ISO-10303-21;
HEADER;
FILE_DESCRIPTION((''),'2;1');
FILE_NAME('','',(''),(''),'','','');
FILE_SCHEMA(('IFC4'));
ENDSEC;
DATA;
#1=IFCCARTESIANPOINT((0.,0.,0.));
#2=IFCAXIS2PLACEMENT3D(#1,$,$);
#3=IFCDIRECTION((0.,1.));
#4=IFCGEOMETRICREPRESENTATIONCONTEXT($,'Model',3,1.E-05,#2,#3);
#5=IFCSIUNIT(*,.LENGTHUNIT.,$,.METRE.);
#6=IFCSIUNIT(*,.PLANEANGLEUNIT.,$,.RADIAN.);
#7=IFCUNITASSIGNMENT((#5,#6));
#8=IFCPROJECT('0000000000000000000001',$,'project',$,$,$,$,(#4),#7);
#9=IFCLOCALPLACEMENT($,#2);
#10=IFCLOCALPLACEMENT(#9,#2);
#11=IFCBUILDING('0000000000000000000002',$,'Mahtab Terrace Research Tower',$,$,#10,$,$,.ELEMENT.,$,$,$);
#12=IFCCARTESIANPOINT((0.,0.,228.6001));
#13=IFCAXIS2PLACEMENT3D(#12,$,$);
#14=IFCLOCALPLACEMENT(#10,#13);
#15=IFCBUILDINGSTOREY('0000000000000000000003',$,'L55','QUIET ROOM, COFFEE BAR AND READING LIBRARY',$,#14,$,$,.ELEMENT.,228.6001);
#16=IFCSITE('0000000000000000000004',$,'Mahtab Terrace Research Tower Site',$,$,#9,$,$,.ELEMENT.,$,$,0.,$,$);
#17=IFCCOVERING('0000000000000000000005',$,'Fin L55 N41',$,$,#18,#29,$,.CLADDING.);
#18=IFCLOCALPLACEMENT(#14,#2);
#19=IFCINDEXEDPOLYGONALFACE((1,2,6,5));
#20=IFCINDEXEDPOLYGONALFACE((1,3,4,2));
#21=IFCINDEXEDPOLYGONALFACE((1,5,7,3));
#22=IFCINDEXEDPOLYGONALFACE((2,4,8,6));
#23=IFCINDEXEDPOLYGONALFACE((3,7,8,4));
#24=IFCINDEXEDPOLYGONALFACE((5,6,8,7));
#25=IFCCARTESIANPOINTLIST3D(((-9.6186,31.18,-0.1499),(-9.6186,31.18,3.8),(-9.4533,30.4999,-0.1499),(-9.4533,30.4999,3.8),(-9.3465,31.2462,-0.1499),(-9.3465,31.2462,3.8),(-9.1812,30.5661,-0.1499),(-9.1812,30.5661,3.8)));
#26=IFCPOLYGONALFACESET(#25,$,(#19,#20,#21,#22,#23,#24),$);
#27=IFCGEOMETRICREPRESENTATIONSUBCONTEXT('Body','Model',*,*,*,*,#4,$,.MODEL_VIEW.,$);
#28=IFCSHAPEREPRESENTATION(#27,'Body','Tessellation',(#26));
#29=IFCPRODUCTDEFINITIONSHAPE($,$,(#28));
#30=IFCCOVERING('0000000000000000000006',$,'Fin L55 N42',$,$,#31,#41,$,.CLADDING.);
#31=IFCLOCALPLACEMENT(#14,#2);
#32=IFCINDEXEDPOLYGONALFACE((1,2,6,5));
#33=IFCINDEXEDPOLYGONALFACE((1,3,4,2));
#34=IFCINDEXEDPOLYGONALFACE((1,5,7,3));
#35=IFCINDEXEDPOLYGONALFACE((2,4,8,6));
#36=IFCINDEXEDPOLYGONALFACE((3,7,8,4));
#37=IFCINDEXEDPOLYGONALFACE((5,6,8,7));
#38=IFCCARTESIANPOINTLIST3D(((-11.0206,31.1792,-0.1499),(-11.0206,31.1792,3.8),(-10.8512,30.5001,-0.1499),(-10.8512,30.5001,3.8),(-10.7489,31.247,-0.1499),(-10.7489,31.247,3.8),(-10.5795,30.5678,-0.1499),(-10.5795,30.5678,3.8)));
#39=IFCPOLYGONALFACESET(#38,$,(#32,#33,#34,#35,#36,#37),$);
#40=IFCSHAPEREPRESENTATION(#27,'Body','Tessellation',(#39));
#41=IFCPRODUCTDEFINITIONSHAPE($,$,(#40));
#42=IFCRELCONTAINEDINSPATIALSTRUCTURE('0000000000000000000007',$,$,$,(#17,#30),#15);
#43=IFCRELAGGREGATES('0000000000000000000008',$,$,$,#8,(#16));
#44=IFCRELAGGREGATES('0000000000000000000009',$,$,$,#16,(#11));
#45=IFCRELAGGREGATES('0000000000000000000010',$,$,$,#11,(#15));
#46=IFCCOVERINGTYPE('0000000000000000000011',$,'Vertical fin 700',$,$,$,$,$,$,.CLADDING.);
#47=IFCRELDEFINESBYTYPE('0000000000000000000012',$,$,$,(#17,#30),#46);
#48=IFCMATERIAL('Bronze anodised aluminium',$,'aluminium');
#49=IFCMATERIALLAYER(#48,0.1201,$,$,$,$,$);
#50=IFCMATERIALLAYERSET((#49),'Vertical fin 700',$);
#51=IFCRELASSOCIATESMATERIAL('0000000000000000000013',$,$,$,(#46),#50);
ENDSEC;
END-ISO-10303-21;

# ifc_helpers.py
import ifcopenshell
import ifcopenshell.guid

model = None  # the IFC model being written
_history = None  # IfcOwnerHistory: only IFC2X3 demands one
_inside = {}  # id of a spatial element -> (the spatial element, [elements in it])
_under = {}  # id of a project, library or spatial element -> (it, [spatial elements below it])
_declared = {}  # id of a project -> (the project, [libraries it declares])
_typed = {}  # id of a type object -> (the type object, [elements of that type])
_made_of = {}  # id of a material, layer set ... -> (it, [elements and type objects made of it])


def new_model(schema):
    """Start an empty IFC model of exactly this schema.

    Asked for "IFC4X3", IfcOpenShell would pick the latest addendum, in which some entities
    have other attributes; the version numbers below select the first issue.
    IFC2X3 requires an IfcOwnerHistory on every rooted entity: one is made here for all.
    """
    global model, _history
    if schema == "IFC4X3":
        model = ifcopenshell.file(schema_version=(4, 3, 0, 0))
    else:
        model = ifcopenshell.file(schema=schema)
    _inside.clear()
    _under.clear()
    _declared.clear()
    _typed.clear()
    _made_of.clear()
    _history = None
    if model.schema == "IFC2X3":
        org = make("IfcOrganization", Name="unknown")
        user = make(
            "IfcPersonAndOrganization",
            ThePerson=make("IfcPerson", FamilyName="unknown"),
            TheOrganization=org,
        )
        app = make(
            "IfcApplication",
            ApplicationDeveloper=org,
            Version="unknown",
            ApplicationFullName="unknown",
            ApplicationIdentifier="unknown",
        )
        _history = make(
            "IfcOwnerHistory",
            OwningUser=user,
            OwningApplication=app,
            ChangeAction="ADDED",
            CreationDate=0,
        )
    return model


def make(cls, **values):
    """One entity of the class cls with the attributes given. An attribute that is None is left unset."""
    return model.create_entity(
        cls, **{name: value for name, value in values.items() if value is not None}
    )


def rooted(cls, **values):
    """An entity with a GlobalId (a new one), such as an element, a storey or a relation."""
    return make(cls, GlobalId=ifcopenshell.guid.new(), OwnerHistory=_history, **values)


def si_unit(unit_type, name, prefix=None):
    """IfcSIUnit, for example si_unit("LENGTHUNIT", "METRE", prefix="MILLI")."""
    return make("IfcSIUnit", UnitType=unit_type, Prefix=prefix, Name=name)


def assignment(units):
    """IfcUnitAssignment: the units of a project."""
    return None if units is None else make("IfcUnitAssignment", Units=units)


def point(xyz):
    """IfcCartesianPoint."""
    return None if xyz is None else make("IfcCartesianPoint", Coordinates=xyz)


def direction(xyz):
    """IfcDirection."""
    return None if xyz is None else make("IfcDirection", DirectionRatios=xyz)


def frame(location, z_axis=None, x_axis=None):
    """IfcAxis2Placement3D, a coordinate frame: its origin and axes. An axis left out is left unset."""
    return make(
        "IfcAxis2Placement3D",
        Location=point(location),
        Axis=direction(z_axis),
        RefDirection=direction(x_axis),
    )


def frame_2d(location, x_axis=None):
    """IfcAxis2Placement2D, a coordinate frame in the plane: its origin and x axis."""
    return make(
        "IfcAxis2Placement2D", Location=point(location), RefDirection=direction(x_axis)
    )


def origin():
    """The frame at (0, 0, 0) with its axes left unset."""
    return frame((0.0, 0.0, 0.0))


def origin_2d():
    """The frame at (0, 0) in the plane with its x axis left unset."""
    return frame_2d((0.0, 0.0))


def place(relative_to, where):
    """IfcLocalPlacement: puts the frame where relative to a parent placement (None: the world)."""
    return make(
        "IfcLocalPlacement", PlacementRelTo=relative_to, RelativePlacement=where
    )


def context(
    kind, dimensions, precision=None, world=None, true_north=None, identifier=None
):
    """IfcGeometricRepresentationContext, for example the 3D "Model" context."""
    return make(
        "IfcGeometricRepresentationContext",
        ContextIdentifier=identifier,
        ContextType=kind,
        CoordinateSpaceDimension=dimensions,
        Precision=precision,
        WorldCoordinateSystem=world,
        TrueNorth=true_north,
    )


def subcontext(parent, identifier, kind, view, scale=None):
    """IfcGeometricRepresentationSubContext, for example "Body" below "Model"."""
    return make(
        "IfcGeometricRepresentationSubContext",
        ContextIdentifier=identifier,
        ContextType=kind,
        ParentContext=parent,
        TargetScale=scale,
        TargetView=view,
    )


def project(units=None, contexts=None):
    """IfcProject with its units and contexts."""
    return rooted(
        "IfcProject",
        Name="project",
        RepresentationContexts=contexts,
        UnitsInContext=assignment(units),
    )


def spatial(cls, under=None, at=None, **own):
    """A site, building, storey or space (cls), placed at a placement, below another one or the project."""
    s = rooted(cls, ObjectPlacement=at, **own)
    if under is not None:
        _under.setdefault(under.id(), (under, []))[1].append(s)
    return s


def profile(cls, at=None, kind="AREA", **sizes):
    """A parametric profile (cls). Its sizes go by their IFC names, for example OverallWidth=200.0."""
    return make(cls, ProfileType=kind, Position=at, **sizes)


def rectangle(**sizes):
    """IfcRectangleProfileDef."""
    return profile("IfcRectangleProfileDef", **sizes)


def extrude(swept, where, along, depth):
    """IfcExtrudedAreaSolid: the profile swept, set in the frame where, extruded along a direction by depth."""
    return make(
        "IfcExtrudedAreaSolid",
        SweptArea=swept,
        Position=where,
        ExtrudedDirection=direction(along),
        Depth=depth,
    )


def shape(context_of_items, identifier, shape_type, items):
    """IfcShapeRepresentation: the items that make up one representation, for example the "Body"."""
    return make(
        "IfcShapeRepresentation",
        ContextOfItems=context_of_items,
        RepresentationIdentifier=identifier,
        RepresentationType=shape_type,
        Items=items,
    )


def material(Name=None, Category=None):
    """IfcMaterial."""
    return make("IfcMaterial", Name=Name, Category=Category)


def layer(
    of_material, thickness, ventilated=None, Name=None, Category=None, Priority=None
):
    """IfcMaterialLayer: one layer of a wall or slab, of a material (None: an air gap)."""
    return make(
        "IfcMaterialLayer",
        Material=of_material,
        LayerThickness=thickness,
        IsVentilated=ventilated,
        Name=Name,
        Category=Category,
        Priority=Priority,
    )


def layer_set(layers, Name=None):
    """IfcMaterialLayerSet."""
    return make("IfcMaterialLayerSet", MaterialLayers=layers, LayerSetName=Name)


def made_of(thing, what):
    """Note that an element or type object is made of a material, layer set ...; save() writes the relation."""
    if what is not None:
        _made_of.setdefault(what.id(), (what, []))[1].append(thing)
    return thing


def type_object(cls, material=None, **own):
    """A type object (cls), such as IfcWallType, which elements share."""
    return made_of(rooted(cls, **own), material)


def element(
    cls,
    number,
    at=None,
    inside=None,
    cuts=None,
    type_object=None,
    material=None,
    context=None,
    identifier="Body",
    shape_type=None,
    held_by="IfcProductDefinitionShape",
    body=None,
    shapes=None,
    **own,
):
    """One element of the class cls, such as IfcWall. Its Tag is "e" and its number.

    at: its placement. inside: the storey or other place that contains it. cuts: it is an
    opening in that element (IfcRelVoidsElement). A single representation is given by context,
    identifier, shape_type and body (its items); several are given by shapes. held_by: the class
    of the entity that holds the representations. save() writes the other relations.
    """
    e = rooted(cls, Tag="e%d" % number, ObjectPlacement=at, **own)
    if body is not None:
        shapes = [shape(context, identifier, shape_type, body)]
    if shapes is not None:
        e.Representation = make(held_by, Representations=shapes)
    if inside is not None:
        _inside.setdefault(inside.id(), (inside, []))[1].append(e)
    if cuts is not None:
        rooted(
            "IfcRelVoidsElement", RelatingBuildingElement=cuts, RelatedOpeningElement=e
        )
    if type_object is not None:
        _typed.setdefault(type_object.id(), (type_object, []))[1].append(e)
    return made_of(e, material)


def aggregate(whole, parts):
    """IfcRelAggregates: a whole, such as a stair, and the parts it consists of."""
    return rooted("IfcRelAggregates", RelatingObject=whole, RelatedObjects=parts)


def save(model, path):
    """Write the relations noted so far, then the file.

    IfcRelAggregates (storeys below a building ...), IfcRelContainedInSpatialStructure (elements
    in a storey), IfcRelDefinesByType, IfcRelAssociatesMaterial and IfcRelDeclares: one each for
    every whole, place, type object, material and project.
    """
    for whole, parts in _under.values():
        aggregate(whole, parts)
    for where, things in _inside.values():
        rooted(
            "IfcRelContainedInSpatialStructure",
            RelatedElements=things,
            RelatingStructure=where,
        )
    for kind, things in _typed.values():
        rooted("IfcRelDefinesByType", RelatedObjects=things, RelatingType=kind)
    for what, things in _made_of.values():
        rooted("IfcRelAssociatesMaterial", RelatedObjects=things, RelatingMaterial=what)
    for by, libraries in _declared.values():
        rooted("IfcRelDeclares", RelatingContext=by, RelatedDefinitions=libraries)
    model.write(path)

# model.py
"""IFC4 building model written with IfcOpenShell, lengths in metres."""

from ifc_helpers import new_model, si_unit, direction, frame, origin, origin_2d, place, context, subcontext, project, spatial, rectangle, extrude, material, layer, layer_set, type_object, element, save


model = new_model("IFC4")

# Units and contexts
model_context = context("Model", 3, precision=1e-05, world=origin(), true_north=direction((0.0, 1.0)))
body_context = subcontext(model_context, "Body", "Model", "MODEL_VIEW")
ifc_project = project(units=[si_unit("LENGTHUNIT", "METRE"), si_unit("PLANEANGLEUNIT", "RADIAN")], contexts=[model_context])

# Site, building, storey
site_placement = place(None, origin())
site = spatial("IfcSite", under=ifc_project, at=site_placement, Name="Mahtab Terrace Research Tower Site", CompositionType="ELEMENT", RefElevation=0.0)
building_placement = place(site_placement, origin())
building = spatial("IfcBuilding", under=site, at=building_placement, Name="Mahtab Terrace Research Tower", CompositionType="ELEMENT")
storey_placement = place(building_placement, frame((0.0, 0.0, 228.6001)))
storey = spatial("IfcBuildingStorey", under=building, at=storey_placement, Name="L55", Description="QUIET ROOM, COFFEE BAR AND READING LIBRARY", CompositionType="ELEMENT", Elevation=228.6001)

# Coverings
ifc_material_1 = material(Name="Bronze anodised aluminium", Category="aluminium")
ifc_layer_1 = layer(ifc_material_1, 0.1201)
ifc_layer_set_1 = layer_set([ifc_layer_1], Name="Vertical fin 700")
covering_type = type_object("IfcCoveringType", Name="Vertical fin 700", PredefinedType="CLADDING", material=ifc_layer_set_1)
for number, where, z_axis, x_axis, name in (
    (1, (-9.3999, 30.873, -0.1499), (0.0, 0.0, 1.0), (-0.971687, -0.236273, 0.0), "Fin L55 N41"),
    (2, (-10.8, 30.8735, -0.1499), (0.0, 0.0, 1.0), (-0.970296, -0.241922, 0.0), "Fin L55 N42"),
):
    element("IfcCovering", number, at=place(storey_placement, frame(where, z_axis=z_axis, x_axis=x_axis)), inside=storey, type_object=covering_type, Name=name, PredefinedType="CLADDING", context=body_context, shape_type="SweptSolid", body=[
        extrude(rectangle(XDim=0.28, YDim=0.7, at=origin_2d()), origin(), (0.0, 0.0, 1.0), 3.95),
    ])

save(model, "model.ifc")
